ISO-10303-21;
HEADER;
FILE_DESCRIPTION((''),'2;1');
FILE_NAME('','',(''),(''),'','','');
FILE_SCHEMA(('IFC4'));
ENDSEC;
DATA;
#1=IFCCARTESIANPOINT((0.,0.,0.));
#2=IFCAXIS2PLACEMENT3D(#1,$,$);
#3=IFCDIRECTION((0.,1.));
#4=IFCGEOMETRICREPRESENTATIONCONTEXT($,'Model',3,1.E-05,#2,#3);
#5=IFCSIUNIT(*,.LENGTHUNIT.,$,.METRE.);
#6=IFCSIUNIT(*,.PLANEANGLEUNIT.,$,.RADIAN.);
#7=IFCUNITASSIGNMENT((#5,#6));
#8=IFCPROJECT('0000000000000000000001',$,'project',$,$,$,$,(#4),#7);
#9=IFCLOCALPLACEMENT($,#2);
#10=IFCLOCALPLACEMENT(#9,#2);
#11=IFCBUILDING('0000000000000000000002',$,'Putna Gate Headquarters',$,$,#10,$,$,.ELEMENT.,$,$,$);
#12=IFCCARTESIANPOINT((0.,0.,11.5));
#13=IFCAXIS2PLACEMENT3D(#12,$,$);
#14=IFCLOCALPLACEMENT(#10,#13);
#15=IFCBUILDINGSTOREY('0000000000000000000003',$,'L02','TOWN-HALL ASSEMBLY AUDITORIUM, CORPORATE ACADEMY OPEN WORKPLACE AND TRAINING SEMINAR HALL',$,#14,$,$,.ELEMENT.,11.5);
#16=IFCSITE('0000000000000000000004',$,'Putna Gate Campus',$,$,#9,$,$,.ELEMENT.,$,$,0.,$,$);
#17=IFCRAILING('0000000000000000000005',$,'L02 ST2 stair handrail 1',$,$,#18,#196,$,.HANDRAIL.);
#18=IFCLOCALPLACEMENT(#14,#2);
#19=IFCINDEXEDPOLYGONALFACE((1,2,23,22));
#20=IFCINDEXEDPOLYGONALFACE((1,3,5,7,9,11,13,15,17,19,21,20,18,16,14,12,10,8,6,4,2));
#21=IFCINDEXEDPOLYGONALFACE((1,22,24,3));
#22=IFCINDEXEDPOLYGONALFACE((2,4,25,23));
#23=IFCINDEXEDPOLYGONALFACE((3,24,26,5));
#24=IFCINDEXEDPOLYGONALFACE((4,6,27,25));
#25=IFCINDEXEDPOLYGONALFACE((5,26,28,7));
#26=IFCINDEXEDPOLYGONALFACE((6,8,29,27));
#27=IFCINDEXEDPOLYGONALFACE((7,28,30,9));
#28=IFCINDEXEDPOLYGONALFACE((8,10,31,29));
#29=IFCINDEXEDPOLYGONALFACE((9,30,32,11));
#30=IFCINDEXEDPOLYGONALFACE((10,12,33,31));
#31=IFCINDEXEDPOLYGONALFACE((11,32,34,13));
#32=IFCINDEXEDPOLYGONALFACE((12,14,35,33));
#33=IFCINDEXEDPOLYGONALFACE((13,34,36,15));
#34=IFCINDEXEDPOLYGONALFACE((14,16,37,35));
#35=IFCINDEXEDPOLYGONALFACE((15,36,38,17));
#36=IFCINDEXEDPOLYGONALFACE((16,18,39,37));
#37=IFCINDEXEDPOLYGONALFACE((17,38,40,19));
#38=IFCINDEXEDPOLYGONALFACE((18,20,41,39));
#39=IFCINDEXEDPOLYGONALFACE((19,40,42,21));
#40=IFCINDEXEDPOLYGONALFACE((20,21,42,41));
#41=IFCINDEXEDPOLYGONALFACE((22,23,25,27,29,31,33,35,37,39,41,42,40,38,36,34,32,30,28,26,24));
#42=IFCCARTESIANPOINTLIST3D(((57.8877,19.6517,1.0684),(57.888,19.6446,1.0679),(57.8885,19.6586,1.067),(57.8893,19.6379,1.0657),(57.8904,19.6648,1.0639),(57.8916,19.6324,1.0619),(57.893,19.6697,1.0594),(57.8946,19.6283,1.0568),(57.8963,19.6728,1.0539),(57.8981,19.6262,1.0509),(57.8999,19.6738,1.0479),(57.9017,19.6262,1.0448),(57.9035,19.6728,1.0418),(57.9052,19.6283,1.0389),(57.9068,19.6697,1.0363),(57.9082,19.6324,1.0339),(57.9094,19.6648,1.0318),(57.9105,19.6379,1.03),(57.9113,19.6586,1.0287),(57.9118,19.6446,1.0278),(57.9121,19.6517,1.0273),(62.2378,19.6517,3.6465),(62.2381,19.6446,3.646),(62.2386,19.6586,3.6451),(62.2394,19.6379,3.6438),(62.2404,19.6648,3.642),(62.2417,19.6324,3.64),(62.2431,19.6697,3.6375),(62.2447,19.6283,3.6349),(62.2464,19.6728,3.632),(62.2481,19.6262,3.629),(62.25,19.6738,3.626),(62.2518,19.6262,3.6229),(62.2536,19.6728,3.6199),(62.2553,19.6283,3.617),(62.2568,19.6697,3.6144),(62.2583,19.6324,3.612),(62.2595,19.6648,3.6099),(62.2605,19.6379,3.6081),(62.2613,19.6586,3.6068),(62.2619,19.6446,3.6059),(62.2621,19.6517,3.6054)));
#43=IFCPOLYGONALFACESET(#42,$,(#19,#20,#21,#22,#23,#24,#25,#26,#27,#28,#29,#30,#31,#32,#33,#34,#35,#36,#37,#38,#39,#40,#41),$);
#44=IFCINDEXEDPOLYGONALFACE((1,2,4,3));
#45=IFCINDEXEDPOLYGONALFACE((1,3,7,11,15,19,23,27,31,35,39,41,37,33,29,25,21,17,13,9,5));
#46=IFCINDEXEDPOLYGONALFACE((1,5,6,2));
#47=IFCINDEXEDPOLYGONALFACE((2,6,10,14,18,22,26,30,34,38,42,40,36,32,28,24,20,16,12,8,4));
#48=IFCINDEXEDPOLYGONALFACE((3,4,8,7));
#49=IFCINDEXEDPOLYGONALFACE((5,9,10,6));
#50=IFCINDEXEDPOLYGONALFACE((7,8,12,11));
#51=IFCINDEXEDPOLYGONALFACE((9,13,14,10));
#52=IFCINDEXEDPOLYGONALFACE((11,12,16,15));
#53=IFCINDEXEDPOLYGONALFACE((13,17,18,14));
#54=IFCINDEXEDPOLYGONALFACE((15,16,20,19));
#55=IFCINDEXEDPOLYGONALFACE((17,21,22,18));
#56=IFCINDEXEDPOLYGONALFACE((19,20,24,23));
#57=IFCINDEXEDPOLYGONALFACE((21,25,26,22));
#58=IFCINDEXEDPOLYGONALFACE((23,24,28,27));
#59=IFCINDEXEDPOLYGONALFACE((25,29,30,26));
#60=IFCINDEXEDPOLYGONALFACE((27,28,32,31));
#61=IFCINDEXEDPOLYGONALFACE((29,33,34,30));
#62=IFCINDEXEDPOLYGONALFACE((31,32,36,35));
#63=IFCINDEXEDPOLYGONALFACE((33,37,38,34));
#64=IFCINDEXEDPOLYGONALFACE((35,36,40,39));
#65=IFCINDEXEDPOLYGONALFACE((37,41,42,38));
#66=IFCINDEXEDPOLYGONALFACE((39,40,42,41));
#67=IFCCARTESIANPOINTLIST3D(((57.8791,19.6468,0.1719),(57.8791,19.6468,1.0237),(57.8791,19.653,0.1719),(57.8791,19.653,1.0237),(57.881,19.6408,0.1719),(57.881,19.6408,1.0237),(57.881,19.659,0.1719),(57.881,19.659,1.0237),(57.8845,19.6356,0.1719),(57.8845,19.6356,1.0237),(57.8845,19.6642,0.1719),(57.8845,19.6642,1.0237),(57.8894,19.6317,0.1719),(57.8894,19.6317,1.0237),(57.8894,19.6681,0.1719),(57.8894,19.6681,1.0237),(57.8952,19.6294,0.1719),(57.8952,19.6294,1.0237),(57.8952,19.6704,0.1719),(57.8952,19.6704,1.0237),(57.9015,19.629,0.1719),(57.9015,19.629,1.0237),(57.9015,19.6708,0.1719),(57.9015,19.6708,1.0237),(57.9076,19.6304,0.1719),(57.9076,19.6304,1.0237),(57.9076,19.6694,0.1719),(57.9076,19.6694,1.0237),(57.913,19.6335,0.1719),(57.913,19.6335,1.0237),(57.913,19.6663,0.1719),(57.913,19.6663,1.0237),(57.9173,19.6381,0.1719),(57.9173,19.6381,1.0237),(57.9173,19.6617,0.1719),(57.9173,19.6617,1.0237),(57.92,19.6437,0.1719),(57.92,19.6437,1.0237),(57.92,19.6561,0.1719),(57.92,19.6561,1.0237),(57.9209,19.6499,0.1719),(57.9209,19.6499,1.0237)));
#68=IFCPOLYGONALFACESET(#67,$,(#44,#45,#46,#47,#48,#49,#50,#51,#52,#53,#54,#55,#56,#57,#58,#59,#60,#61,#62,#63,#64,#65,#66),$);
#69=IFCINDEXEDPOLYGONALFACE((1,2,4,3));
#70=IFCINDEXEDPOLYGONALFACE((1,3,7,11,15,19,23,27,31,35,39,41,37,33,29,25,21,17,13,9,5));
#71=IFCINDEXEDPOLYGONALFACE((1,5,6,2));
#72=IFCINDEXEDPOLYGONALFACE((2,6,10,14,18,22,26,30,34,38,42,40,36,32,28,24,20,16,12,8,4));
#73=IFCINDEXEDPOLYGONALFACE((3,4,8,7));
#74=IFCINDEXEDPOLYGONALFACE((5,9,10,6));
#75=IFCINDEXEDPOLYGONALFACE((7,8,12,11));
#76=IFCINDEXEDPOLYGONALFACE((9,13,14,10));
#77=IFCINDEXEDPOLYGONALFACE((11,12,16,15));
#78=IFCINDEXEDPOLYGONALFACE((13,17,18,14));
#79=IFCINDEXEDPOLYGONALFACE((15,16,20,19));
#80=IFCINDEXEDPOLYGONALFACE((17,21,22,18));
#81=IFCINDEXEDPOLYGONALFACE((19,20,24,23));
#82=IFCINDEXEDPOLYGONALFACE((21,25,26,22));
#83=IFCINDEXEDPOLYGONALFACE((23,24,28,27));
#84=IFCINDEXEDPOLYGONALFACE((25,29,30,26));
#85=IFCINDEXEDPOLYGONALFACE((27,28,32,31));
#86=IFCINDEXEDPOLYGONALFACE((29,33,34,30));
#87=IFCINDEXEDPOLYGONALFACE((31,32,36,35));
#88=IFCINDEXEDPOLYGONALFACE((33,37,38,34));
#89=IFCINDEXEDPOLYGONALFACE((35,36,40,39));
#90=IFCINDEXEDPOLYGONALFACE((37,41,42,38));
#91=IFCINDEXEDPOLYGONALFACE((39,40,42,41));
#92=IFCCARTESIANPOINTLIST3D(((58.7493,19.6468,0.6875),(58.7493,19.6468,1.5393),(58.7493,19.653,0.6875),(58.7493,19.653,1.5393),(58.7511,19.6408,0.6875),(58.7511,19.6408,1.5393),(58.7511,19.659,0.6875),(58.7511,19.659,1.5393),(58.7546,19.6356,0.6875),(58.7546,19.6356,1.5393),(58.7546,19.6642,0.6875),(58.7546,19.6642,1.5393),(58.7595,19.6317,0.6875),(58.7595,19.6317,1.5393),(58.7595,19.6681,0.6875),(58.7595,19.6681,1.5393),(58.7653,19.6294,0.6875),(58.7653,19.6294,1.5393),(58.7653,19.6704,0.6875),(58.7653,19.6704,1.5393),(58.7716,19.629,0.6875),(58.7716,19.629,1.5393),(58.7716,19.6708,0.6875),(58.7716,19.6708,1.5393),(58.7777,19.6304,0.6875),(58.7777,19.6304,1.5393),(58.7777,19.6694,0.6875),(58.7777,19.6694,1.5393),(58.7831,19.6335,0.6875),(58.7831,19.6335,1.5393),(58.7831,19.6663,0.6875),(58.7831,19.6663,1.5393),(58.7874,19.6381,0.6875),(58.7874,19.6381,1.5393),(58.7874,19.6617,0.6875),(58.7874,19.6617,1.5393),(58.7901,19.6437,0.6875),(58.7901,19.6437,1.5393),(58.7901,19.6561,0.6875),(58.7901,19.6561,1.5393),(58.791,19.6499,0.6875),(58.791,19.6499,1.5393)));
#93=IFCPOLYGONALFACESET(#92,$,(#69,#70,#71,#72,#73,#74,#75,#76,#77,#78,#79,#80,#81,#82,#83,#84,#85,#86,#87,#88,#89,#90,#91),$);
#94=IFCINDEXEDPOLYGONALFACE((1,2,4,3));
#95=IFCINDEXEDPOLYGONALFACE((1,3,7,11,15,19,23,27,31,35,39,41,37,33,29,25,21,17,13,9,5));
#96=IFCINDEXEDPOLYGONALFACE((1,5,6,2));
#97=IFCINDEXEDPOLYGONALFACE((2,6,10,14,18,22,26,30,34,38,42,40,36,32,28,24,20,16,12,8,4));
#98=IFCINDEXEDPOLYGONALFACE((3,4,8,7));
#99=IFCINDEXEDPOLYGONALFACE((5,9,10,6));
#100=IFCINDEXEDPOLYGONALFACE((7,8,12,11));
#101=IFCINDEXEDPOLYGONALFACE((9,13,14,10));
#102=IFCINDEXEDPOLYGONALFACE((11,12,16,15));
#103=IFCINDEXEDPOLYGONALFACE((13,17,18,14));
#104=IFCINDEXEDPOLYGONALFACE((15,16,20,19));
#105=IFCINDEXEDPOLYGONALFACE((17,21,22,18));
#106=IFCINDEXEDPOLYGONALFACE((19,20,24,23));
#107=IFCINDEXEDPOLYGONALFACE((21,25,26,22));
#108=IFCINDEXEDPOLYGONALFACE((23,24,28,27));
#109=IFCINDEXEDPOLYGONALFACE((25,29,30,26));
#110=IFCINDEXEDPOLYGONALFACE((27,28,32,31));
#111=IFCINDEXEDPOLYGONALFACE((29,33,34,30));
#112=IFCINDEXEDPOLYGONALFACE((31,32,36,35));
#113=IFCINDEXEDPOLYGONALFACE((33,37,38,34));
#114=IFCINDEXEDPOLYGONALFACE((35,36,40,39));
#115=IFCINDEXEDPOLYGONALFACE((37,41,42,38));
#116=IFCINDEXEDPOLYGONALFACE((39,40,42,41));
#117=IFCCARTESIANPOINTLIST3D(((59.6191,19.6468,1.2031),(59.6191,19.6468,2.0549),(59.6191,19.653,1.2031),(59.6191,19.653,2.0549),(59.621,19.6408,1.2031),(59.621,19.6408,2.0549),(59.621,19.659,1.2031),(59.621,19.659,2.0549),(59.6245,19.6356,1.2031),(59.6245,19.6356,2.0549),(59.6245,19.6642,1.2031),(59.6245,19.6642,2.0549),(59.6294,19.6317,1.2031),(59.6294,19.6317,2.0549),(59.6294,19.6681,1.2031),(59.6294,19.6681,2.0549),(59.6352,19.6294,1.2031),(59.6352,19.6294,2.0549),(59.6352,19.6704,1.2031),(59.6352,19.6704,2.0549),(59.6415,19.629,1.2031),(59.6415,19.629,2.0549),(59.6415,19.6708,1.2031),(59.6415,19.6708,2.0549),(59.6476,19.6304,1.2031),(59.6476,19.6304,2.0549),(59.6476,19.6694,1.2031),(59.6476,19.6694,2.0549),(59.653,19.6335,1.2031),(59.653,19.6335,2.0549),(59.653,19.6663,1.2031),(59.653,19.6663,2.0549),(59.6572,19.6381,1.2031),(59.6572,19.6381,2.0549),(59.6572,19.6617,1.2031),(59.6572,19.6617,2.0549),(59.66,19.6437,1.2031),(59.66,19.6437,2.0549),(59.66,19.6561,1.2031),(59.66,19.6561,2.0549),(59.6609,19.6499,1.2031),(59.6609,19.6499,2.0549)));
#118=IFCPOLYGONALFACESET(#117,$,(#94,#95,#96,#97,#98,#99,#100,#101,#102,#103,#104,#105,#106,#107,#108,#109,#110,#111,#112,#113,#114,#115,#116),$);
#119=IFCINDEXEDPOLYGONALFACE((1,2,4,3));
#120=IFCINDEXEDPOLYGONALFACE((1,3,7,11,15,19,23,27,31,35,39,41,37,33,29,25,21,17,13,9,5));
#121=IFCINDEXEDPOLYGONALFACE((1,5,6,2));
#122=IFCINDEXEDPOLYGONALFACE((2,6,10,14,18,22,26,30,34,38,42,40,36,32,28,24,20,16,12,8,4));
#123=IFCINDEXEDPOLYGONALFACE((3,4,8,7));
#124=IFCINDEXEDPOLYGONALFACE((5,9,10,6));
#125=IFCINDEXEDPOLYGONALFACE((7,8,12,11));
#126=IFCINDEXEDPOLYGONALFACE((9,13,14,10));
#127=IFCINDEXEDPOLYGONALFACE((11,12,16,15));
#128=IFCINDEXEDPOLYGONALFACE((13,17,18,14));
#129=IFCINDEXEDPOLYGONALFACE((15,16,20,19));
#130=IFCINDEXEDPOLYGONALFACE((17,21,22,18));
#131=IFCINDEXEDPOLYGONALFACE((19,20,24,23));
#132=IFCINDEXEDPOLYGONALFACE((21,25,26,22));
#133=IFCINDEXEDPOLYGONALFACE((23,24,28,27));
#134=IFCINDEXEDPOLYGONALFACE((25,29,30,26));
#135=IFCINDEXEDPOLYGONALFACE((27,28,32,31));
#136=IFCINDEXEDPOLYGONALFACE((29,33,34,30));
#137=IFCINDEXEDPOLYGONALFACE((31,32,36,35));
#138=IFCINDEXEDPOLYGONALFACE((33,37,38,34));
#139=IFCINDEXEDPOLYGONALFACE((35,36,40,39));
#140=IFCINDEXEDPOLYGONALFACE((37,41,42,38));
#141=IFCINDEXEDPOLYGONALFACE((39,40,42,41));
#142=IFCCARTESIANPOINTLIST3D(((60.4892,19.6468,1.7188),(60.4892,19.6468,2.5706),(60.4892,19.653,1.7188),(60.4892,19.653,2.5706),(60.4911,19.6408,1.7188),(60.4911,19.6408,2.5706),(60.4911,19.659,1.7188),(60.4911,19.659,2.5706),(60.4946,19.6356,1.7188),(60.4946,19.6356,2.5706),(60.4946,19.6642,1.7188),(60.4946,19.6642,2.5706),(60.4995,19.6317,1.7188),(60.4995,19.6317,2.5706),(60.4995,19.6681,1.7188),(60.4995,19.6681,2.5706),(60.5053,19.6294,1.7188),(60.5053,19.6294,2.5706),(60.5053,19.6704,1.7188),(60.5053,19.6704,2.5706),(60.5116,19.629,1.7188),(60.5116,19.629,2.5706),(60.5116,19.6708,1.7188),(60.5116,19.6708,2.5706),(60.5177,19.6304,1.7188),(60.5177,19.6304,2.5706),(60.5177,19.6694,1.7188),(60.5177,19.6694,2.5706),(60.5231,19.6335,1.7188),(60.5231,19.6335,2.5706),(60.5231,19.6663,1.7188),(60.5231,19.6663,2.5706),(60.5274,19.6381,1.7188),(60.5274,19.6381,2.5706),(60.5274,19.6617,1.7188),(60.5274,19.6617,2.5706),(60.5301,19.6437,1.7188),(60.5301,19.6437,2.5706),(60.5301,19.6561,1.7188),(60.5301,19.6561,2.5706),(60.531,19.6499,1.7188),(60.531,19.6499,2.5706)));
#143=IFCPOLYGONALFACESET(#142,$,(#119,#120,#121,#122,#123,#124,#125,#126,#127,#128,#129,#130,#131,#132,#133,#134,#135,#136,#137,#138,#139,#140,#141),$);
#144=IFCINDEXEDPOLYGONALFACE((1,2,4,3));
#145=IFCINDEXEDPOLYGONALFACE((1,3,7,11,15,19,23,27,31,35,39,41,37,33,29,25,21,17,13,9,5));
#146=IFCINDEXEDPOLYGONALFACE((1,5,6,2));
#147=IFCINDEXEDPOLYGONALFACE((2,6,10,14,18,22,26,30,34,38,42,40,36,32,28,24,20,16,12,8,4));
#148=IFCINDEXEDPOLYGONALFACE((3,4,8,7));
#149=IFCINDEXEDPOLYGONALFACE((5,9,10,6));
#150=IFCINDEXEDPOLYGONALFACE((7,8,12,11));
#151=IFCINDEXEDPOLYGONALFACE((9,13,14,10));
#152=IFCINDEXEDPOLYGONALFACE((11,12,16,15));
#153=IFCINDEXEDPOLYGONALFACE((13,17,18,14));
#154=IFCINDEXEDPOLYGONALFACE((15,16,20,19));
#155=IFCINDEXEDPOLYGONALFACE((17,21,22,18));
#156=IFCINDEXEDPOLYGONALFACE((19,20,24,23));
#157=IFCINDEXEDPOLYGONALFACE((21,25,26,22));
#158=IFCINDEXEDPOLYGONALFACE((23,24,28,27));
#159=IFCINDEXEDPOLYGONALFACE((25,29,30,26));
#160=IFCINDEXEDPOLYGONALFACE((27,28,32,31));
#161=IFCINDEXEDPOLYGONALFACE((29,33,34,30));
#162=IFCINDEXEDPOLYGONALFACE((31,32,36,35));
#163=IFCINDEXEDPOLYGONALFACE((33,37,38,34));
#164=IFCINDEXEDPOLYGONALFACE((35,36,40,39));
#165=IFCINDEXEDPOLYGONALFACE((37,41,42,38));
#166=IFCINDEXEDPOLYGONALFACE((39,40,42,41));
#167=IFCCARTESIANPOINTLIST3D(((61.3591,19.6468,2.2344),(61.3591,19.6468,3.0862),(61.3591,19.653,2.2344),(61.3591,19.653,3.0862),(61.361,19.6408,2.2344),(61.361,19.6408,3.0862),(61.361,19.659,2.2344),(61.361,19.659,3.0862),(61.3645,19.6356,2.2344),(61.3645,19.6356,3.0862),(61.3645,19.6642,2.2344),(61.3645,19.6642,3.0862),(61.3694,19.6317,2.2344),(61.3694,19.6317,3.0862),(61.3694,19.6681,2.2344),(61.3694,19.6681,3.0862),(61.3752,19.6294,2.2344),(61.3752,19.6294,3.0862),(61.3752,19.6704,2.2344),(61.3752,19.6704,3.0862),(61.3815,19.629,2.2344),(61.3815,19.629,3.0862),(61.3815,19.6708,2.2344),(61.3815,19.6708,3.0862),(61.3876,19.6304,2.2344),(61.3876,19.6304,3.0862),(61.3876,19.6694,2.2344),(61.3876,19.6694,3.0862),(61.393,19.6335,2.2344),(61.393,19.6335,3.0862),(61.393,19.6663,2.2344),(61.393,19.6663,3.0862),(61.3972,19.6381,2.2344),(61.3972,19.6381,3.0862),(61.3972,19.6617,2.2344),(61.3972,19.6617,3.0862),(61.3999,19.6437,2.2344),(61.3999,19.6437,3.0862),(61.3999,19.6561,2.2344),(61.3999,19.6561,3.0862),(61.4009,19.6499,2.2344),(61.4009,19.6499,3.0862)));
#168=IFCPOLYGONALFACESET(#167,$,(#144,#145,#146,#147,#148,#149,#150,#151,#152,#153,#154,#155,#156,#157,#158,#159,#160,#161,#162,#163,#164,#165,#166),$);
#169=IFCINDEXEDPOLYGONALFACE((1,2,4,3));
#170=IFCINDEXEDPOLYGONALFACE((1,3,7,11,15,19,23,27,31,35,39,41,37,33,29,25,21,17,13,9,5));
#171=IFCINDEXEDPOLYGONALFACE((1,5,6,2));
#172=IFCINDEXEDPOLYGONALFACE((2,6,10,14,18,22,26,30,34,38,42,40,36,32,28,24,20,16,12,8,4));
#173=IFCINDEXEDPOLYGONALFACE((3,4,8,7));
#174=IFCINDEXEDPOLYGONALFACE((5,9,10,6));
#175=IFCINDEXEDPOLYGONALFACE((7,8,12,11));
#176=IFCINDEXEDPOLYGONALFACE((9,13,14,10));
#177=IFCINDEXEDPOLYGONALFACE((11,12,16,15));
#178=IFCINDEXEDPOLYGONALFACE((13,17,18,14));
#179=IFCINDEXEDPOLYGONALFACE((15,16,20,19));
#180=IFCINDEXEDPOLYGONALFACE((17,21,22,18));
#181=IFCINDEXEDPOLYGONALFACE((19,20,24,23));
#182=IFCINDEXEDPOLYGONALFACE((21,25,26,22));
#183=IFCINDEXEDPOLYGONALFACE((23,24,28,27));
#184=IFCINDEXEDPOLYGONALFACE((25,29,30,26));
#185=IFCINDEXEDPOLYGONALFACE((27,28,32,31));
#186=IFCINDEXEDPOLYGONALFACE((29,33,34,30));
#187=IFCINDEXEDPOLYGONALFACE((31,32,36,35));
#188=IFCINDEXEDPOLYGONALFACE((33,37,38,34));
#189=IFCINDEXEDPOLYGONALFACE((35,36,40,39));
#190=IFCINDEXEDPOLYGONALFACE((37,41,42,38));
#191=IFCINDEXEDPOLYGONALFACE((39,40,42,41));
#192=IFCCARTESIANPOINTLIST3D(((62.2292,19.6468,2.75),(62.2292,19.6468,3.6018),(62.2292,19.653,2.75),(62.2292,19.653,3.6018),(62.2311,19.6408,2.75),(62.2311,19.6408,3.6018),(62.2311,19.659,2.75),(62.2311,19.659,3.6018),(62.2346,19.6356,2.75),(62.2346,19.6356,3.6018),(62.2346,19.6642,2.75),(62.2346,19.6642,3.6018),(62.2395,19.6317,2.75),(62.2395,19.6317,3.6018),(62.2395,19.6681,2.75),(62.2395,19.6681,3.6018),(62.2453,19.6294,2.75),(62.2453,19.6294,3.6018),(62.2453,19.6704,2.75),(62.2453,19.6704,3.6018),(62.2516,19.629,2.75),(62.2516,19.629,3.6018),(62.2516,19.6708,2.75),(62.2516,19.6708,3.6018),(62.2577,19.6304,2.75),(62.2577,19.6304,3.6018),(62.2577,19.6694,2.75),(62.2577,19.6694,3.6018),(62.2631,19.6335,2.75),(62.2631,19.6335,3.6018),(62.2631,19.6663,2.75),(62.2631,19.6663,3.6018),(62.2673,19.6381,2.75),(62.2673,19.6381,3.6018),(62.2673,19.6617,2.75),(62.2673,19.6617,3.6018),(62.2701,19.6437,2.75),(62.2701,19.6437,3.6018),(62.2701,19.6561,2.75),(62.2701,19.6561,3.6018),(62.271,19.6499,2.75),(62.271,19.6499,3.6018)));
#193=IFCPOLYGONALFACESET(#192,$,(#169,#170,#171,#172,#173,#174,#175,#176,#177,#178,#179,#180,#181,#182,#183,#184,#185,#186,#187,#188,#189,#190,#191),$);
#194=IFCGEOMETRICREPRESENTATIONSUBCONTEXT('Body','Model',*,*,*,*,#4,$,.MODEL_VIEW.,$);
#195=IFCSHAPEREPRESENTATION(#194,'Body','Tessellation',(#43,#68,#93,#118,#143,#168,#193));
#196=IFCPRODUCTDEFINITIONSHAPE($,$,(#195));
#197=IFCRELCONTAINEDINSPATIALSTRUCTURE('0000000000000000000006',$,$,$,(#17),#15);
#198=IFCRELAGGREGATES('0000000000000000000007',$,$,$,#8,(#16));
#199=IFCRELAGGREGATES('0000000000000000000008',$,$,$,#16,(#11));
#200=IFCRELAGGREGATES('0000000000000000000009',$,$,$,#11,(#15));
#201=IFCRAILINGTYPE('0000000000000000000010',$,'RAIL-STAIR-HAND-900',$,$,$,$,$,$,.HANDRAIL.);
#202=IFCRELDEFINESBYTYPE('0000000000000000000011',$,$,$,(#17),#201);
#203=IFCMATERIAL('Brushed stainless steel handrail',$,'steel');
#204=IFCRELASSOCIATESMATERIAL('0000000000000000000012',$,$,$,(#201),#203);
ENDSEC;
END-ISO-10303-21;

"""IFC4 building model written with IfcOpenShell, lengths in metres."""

from ifc_helpers import new_model, si_unit, direction, frame, origin, origin_2d, place, context, subcontext, project, spatial, circle, extrude, material, type_object, element, save


model = new_model("IFC4")

# Units and contexts
model_context = context("Model", 3, precision=1e-05, world=origin(), true_north=direction((0.0, 1.0)))
body_context = subcontext(model_context, "Body", "Model", "MODEL_VIEW")
ifc_project = project(units=[si_unit("LENGTHUNIT", "METRE"), si_unit("PLANEANGLEUNIT", "RADIAN")], contexts=[model_context])

# Site, building, storey
site_placement = place(None, origin())
site = spatial("IfcSite", under=ifc_project, at=site_placement, Name="Putna Gate Campus", CompositionType="ELEMENT", RefElevation=0.0)
building_placement = place(site_placement, origin())
building = spatial("IfcBuilding", under=site, at=building_placement, Name="Putna Gate Headquarters", CompositionType="ELEMENT")
storey_placement = place(building_placement, frame((0.0, 0.0, 11.5)))
storey = spatial("IfcBuildingStorey", under=building, at=storey_placement, Name="L02", Description="TOWN-HALL ASSEMBLY AUDITORIUM, CORPORATE ACADEMY OPEN WORKPLACE AND TRAINING SEMINAR HALL", CompositionType="ELEMENT", Elevation=11.5)

# Railing
ifc_material_1 = material(Name="Brushed stainless steel handrail", Category="steel")
railing_type = type_object("IfcRailingType", Name="RAIL-STAIR-HAND-900", PredefinedType="HANDRAIL", material=ifc_material_1)
railing_placement = place(storey_placement, frame((57.8999, 19.6499, 0.1719)))
element("IfcRailing", 1, at=railing_placement, inside=storey, type_object=railing_type, Name="L02 ST2 stair handrail 1", PredefinedType="HANDRAIL", context=body_context, shape_type="SweptSolid", body=[
    extrude(circle(Radius=0.0239, at=origin_2d()), frame((0.0, 0.0, 0.876), z_axis=(0.860266, 0.0, 0.509845), x_axis=(0.0, 1.0, 0.0)), (0.0, 0.0, 1.0), 5.0566),
    extrude(circle(Radius=0.021, at=origin_2d()), origin(), (0.0, 0.0, 1.0), 0.8518),
    extrude(circle(Radius=0.021, at=origin_2d()), frame((0.8701, 0.0, 0.5156)), (0.0, 0.0, 1.0), 0.8518),
    extrude(circle(Radius=0.021, at=origin_2d()), frame((1.74, 0.0, 1.0312)), (0.0, 0.0, 1.0), 0.8518),
    extrude(circle(Radius=0.021, at=origin_2d()), frame((2.6101, 0.0, 1.5469)), (0.0, 0.0, 1.0), 0.8518),
    extrude(circle(Radius=0.021, at=origin_2d()), frame((3.48, 0.0, 2.0625)), (0.0, 0.0, 1.0), 0.8518),
    extrude(circle(Radius=0.021, at=origin_2d()), frame((4.3501, 0.0, 2.5781)), (0.0, 0.0, 1.0), 0.8518),
])

save(model, "model.ifc")
